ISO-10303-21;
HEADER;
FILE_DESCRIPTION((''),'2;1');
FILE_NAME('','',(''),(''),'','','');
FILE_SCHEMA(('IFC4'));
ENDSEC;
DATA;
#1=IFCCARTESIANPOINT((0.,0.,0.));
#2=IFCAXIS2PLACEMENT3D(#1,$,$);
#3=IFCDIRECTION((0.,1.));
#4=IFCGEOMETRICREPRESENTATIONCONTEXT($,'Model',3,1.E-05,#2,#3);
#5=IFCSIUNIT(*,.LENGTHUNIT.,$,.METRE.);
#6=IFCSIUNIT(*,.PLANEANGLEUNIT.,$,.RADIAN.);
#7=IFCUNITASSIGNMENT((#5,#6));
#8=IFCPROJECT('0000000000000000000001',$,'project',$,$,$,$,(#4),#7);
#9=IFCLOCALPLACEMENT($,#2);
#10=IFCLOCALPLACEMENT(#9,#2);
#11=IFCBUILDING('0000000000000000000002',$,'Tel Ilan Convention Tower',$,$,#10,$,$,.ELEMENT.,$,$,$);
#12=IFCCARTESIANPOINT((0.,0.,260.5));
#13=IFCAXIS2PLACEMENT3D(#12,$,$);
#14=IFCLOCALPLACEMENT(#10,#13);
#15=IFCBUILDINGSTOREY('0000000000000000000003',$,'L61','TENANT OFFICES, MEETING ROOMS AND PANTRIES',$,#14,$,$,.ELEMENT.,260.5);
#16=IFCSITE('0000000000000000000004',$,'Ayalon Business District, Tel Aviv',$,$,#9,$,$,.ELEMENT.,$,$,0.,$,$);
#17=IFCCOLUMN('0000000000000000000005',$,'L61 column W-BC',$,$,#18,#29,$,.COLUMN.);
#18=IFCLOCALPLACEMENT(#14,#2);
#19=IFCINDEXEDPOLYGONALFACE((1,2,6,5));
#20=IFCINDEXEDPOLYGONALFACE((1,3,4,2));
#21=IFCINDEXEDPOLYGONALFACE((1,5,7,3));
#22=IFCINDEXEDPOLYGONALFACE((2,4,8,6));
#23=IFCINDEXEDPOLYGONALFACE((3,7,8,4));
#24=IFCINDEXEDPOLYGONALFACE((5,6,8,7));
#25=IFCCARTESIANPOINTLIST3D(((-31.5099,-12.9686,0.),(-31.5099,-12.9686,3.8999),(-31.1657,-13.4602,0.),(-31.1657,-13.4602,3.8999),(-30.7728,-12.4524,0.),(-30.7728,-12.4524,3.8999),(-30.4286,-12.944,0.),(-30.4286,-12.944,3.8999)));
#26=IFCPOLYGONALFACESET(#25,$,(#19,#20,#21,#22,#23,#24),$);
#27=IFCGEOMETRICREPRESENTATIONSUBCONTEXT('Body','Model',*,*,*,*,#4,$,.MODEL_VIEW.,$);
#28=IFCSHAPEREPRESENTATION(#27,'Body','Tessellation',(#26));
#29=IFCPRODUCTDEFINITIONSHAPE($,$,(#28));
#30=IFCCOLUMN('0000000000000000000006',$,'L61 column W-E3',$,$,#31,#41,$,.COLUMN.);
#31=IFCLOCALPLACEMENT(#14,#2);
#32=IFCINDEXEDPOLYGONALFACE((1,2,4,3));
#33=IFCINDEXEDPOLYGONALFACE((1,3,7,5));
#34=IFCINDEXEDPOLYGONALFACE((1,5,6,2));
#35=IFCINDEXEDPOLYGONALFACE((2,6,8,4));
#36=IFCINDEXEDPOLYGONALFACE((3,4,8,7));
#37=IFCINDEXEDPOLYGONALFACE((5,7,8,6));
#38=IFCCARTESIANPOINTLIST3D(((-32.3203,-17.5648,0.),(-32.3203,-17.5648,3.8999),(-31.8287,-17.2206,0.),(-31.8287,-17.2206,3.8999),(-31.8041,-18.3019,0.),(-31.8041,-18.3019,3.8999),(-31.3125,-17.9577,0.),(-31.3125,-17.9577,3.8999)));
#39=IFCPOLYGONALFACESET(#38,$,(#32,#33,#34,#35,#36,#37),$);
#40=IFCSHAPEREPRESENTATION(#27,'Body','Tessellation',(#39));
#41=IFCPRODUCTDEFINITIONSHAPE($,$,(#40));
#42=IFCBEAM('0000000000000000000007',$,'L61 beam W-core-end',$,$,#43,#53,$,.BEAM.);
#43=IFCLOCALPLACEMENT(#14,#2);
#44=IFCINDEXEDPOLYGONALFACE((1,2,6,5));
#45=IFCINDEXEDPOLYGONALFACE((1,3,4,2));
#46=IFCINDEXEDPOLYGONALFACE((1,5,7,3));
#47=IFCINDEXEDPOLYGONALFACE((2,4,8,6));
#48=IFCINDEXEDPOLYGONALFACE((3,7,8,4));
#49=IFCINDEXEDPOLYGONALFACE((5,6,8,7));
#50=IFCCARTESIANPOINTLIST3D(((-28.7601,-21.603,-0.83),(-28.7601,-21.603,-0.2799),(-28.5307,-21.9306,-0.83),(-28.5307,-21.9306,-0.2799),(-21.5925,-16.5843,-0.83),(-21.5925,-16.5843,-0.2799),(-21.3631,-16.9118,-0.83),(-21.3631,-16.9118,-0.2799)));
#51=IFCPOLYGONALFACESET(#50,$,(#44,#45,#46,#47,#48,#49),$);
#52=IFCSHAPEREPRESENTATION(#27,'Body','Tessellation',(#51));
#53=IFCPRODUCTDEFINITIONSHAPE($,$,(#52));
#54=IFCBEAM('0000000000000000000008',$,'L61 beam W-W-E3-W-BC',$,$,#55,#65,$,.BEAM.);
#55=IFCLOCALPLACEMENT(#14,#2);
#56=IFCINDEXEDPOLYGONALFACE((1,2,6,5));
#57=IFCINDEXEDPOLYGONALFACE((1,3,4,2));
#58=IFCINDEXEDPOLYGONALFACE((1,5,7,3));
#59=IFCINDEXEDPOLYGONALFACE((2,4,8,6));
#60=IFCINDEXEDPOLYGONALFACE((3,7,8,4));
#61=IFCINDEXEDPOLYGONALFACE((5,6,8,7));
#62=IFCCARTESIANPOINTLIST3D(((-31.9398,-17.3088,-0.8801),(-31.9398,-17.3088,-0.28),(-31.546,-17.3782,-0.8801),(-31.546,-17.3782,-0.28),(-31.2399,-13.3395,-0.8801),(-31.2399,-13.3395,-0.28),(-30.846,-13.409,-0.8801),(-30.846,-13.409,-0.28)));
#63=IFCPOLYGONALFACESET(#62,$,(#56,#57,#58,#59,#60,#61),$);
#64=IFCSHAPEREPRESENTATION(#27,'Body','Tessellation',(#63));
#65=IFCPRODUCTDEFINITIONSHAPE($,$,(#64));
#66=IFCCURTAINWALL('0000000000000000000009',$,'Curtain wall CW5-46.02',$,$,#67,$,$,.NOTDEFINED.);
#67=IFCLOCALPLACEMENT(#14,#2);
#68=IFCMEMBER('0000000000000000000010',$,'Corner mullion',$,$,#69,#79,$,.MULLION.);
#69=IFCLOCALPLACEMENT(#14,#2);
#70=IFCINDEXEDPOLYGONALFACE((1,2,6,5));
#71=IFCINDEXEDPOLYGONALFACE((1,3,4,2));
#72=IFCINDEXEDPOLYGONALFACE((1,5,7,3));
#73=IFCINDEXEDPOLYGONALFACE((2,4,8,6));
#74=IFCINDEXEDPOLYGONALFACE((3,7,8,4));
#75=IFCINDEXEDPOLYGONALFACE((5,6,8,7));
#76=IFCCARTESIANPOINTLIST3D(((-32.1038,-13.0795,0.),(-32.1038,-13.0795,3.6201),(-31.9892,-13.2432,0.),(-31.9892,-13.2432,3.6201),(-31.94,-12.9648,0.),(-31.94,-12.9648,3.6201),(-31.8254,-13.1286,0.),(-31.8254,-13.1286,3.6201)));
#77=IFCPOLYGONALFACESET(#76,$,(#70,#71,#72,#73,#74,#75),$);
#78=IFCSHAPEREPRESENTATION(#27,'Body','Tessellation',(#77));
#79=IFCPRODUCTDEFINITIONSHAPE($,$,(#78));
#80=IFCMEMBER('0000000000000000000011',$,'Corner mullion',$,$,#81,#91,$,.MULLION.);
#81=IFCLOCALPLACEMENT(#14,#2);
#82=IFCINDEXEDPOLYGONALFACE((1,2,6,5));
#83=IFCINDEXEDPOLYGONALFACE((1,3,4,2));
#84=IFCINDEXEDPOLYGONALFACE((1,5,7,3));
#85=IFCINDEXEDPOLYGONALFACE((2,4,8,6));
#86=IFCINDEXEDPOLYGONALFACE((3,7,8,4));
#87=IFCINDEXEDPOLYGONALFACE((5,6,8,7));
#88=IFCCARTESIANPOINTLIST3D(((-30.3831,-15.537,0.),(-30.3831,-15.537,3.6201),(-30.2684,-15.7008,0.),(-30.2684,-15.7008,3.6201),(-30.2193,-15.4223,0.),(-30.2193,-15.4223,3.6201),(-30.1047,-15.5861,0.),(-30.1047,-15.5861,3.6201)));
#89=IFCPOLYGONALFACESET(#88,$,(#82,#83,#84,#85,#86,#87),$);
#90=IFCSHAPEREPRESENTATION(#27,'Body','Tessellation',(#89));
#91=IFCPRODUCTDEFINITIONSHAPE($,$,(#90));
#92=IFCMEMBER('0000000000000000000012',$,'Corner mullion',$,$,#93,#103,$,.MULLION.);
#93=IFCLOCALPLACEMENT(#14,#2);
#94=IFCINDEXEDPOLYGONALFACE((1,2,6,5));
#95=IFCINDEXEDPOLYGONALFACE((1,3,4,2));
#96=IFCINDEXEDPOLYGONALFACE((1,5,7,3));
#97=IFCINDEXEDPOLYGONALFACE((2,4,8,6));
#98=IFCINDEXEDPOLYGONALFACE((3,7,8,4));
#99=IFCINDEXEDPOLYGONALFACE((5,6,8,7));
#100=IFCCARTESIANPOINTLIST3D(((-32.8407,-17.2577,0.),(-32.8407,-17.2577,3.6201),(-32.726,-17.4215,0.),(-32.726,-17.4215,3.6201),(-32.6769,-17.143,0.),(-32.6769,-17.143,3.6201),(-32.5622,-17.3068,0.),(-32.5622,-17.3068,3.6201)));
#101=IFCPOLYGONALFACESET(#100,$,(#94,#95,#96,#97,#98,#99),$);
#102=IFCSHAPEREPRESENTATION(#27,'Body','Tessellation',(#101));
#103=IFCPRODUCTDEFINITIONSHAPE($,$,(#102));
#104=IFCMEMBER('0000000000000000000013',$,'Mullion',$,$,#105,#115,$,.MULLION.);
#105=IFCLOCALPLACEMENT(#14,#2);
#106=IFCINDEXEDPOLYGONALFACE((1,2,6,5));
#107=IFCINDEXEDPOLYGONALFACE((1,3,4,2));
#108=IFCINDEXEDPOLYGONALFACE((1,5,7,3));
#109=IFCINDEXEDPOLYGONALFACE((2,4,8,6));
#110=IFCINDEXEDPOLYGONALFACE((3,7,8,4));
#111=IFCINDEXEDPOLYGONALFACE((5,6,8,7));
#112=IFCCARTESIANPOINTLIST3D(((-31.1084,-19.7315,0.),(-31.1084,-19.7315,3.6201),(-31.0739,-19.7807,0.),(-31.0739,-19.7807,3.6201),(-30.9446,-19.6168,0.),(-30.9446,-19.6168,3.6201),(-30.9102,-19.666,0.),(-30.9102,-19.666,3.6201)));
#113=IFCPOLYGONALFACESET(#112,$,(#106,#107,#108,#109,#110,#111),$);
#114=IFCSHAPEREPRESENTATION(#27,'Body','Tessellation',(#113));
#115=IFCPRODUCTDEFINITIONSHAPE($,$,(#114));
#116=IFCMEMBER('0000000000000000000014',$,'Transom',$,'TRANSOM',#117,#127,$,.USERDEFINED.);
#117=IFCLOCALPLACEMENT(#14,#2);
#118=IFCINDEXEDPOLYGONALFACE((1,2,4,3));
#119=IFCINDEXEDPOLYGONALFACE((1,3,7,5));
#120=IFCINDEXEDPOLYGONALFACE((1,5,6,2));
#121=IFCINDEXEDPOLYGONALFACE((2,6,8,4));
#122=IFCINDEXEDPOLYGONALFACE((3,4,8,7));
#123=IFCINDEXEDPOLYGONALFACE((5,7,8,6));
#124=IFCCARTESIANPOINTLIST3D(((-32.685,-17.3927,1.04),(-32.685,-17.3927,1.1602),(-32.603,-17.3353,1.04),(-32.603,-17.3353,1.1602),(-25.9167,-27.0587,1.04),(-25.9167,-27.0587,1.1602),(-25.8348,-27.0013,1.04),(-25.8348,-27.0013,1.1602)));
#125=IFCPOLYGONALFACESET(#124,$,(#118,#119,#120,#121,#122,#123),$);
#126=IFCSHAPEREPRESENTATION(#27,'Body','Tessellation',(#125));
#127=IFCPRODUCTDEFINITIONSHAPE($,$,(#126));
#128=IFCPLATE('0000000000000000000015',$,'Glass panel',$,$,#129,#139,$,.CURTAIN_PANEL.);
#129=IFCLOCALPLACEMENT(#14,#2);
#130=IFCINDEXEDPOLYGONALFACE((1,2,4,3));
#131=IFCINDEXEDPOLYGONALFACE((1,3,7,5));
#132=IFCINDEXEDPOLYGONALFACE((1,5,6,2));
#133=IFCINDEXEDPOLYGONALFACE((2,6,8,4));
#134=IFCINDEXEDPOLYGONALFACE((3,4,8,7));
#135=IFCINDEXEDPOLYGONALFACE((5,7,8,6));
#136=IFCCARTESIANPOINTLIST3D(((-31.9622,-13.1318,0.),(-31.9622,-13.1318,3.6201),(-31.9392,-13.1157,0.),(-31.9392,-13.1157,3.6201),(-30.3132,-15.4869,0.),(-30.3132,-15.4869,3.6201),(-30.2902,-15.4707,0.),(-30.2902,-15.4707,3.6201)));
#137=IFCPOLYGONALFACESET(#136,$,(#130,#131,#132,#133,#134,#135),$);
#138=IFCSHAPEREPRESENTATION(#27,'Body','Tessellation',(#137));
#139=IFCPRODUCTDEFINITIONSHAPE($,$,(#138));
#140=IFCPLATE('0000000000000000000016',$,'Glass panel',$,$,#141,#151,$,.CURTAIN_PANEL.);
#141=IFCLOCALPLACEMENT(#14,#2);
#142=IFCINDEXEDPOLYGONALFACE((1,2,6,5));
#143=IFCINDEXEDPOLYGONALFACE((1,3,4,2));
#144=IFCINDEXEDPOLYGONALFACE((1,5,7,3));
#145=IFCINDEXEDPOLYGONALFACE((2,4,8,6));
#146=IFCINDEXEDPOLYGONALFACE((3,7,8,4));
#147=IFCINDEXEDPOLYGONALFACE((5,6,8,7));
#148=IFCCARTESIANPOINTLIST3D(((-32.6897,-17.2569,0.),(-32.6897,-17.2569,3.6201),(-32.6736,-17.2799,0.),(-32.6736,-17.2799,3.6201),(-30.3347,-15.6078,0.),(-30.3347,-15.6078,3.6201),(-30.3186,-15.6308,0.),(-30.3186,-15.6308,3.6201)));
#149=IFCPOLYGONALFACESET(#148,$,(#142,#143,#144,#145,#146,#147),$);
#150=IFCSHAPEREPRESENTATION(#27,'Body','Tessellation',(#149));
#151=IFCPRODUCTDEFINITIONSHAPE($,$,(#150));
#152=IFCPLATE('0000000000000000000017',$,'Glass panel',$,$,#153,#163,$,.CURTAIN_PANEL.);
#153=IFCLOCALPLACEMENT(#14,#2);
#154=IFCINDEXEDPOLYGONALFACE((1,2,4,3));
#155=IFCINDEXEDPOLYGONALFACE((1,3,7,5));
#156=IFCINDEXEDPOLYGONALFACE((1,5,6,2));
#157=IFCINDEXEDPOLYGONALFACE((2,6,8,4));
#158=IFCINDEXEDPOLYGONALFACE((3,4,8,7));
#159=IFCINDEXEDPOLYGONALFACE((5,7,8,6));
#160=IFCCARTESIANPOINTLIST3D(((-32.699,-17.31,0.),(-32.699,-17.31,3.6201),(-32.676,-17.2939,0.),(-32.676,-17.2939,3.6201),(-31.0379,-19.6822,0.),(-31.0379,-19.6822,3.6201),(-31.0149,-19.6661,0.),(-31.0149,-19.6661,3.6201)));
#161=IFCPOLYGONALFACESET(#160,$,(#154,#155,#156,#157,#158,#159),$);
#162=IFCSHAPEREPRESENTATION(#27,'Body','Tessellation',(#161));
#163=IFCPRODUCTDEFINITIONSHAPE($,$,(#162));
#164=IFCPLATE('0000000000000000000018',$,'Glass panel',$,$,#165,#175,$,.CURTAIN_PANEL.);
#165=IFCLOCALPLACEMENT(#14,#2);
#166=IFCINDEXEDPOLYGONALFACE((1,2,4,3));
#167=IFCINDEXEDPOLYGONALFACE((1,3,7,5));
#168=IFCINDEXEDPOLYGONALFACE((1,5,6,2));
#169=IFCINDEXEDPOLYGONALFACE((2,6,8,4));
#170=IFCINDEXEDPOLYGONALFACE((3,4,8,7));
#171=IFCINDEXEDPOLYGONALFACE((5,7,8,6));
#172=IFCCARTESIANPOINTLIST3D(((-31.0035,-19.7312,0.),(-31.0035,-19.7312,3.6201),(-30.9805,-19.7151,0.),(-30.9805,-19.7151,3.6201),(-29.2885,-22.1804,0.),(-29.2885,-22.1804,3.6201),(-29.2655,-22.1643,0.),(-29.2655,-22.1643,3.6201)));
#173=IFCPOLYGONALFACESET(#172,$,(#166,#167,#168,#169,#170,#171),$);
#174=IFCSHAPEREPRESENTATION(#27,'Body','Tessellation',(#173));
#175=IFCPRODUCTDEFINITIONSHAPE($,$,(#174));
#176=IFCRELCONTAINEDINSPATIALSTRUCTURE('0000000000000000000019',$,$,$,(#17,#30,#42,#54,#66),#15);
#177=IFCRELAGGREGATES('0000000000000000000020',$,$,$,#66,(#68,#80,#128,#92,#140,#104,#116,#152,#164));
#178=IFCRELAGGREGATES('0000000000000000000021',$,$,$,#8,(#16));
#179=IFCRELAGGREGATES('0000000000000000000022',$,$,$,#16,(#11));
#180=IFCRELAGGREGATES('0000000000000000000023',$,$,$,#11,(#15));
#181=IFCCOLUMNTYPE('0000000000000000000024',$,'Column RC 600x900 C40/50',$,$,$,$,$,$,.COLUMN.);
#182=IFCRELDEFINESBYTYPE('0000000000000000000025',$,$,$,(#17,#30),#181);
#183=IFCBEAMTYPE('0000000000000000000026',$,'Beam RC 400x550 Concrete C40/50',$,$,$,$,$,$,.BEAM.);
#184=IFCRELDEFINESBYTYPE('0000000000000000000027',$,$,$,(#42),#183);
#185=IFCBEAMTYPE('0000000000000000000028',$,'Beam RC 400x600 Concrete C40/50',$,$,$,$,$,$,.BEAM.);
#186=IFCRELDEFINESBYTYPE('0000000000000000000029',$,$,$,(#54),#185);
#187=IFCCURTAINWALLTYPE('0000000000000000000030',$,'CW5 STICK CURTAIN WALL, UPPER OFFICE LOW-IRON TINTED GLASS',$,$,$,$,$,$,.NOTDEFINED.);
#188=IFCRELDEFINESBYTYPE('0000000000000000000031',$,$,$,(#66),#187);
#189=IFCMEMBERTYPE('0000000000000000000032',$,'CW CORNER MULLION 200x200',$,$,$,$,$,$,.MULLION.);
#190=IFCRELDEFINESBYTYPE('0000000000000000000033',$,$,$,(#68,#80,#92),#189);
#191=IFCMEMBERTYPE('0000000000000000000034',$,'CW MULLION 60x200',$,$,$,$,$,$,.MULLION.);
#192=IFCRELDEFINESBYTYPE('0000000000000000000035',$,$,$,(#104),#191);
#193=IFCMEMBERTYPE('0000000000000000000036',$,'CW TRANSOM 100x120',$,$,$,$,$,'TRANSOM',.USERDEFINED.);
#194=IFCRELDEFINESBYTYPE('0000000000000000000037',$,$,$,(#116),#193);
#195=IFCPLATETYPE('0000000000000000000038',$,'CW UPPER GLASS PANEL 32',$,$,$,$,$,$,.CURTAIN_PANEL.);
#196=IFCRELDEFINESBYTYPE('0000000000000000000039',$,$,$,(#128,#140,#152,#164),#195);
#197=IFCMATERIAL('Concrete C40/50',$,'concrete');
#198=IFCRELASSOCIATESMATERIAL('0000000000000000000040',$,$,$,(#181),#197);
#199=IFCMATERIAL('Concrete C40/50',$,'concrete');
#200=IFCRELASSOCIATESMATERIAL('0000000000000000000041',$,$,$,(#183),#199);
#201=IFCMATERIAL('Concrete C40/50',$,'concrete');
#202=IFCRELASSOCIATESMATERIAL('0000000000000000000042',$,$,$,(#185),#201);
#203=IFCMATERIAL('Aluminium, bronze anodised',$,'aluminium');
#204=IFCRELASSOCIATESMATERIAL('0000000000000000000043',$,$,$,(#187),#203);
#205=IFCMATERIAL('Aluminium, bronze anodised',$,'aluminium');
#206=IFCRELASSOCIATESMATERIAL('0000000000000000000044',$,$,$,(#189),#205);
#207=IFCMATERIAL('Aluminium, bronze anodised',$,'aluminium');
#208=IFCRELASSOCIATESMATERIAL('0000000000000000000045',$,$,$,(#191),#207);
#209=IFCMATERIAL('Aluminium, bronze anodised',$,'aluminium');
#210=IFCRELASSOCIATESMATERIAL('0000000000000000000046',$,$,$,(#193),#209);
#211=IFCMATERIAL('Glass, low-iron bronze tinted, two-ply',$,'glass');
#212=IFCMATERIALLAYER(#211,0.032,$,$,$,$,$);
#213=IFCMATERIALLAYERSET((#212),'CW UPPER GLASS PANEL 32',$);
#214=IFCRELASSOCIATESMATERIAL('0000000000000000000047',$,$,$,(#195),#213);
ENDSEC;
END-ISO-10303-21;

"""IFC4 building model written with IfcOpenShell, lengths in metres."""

from ifc_helpers import new_model, si_unit, direction, frame, origin, origin_2d, place, context, subcontext, project, spatial, rectangle, extrude, material, layer, layer_set, material_profile, profile_set, type_object, element, aggregate, save


model = new_model("IFC4")

# Units and contexts
model_context = context("Model", 3, precision=1e-05, world=origin(), true_north=direction((0.0, 1.0)))
body_context = subcontext(model_context, "Body", "Model", "MODEL_VIEW")
ifc_project = project(units=[si_unit("LENGTHUNIT", "METRE"), si_unit("PLANEANGLEUNIT", "RADIAN")], contexts=[model_context])

# Site, building, storey
site_placement = place(None, origin())
site = spatial("IfcSite", under=ifc_project, at=site_placement, Name="Ayalon Business District, Tel Aviv", CompositionType="ELEMENT", RefElevation=0.0)
building_placement = place(site_placement, origin())
building = spatial("IfcBuilding", under=site, at=building_placement, Name="Tel Ilan Convention Tower", CompositionType="ELEMENT")
storey_placement = place(building_placement, frame((0.0, 0.0, 260.5)))
storey = spatial("IfcBuildingStorey", under=building, at=storey_placement, Name="L61", Description="TENANT OFFICES, MEETING ROOMS AND PANTRIES", CompositionType="ELEMENT", Elevation=260.5)

# Columns
ifc_material_1 = material(Name="Concrete C40/50", Category="concrete")
ifc_material_profile_1 = material_profile(ifc_material_1, rectangle(XDim=0.8999, YDim=0.6001, at=origin_2d()), Name="RC 600x900")
ifc_profile_set_1 = profile_set([ifc_material_profile_1], Name="Concrete C40/50")
column_type = type_object("IfcColumnType", Name="Column RC 600x900 C40/50", PredefinedType="COLUMN", material=ifc_profile_set_1)
for number, where, z_axis, x_axis, name in (
    (1, (-30.9692, -12.9563, 0.0), (0.0, 0.0, 1.0), (-0.819152, -0.573576, 0.0), "L61 column W-BC"),
    (2, (-31.8164, -17.7612, 0.0), (0.0, 0.0, 1.0), (-0.573576, 0.819152, 0.0), "L61 column W-E3"),
):
    element("IfcColumn", number, at=place(storey_placement, frame(where, z_axis=z_axis, x_axis=x_axis)), inside=storey, type_object=column_type, Name=name, PredefinedType="COLUMN", context=body_context, shape_type="SweptSolid", body=[
        extrude(rectangle(XDim=0.8999, YDim=0.6001, at=origin_2d()), origin(), (0.0, 0.0, 1.0), 3.8999),
    ])

# Beams
ifc_material_2 = material(Name="Concrete C40/50", Category="concrete")
ifc_material_profile_2 = material_profile(ifc_material_2, rectangle(XDim=0.3999, YDim=0.55, at=origin_2d()), Name="RC 400x550")
ifc_profile_set_2 = profile_set([ifc_material_profile_2], Name="Concrete C40/50")
beam_type_1 = type_object("IfcBeamType", Name="Beam RC 400x550 Concrete C40/50", PredefinedType="BEAM", material=ifc_profile_set_2)
beam_1_placement = place(storey_placement, frame((-21.4778, -16.748, -0.5549), z_axis=(-0.819157, -0.573569, 0.0), x_axis=(0.573569, -0.819157, 0.0)))
element("IfcBeam", 3, at=beam_1_placement, inside=storey, type_object=beam_type_1, Name="L61 beam W-core-end", PredefinedType="BEAM", context=body_context, shape_type="SweptSolid", body=[
    extrude(rectangle(XDim=0.3999, YDim=0.55, at=origin_2d()), origin(), (0.0, 0.0, 1.0), 8.75),
])
ifc_material_3 = material(Name="Concrete C40/50", Category="concrete")
ifc_material_profile_3 = material_profile(ifc_material_3, rectangle(XDim=0.3999, YDim=0.6001, at=origin_2d()), Name="RC 400x600")
ifc_profile_set_3 = profile_set([ifc_material_profile_3], Name="Concrete C40/50")
beam_type_2 = type_object("IfcBeamType", Name="Beam RC 400x600 Concrete C40/50", PredefinedType="BEAM", material=ifc_profile_set_3)
beam_2_placement = place(storey_placement, frame((-31.7429, -17.3435, -0.5801), z_axis=(0.173664, 0.984805, 0.0), x_axis=(-0.984805, 0.173664, 0.0)))
element("IfcBeam", 4, at=beam_2_placement, inside=storey, type_object=beam_type_2, Name="L61 beam W-W-E3-W-BC", PredefinedType="BEAM", context=body_context, shape_type="SweptSolid", body=[
    extrude(rectangle(XDim=0.3999, YDim=0.6001, at=origin_2d()), origin(), (0.0, 0.0, 1.0), 4.0305),
])

# Curtain wall, members, plates
ifc_material_4 = material(Name="Aluminium, bronze anodised", Category="aluminium")
curtain_wall_type = type_object("IfcCurtainWallType", Name="CW5 STICK CURTAIN WALL, UPPER OFFICE LOW-IRON TINTED GLASS", PredefinedType="NOTDEFINED", material=ifc_material_4)
curtain_wall_placement = place(storey_placement, origin())
curtain_wall = element("IfcCurtainWall", 5, at=curtain_wall_placement, inside=storey, type_object=curtain_wall_type, Name="Curtain wall CW5-46.02", PredefinedType="NOTDEFINED")
ifc_material_5 = material(Name="Aluminium, bronze anodised", Category="aluminium")
ifc_material_profile_4 = material_profile(ifc_material_5, rectangle(XDim=0.2, YDim=0.2, at=origin_2d()), Name="CW CORNER MULLION 200x200")
ifc_profile_set_4 = profile_set([ifc_material_profile_4], Name="Aluminium, bronze anodised")
member_type_1 = type_object("IfcMemberType", Name="CW CORNER MULLION 200x200", PredefinedType="MULLION", material=ifc_profile_set_4)
member_1_placement = place(storey_placement, frame((-31.9646, -13.104, 0.0), z_axis=(0.0, 0.0, 1.0), x_axis=(-0.819152, -0.573576, 0.0)))
member_1 = element("IfcMember", 6, at=member_1_placement, type_object=member_type_1, Name="Corner mullion", PredefinedType="MULLION", context=body_context, shape_type="SweptSolid", body=[
    extrude(rectangle(XDim=0.2, YDim=0.2, at=origin_2d()), origin(), (0.0, 0.0, 1.0), 3.6201),
])
member_2_placement = place(storey_placement, frame((-30.2439, -15.5615, 0.0), z_axis=(0.0, 0.0, 1.0), x_axis=(0.573576, -0.819152, 0.0)))
member_2 = element("IfcMember", 7, at=member_2_placement, type_object=member_type_1, Name="Corner mullion", PredefinedType="MULLION", context=body_context, shape_type="SweptSolid", body=[
    extrude(rectangle(XDim=0.2, YDim=0.2, at=origin_2d()), origin(), (0.0, 0.0, 1.0), 3.6201),
])
member_3_placement = place(storey_placement, frame((-32.7014, -17.2822, 0.0), z_axis=(0.0, 0.0, 1.0), x_axis=(-0.819152, -0.573576, 0.0)))
member_3 = element("IfcMember", 8, at=member_3_placement, type_object=member_type_1, Name="Corner mullion", PredefinedType="MULLION", context=body_context, shape_type="SweptSolid", body=[
    extrude(rectangle(XDim=0.2, YDim=0.2, at=origin_2d()), origin(), (0.0, 0.0, 1.0), 3.6201),
])
ifc_material_6 = material(Name="Aluminium, bronze anodised", Category="aluminium")
ifc_material_profile_5 = material_profile(ifc_material_6, rectangle(XDim=0.0601, YDim=0.2, at=origin_2d()), Name="CW MULLION 60x200")
ifc_profile_set_5 = profile_set([ifc_material_profile_5], Name="Aluminium, bronze anodised")
member_type_2 = type_object("IfcMemberType", Name="CW MULLION 60x200", PredefinedType="MULLION", material=ifc_profile_set_5)
member_4_placement = place(storey_placement, frame((-31.0093, -19.6987, 0.0), z_axis=(0.0, 0.0, 1.0), x_axis=(0.573576, -0.819152, 0.0)))
member_4 = element("IfcMember", 9, at=member_4_placement, type_object=member_type_2, Name="Mullion", PredefinedType="MULLION", context=body_context, shape_type="SweptSolid", body=[
    extrude(rectangle(XDim=0.0601, YDim=0.2, at=origin_2d()), origin(), (0.0, 0.0, 1.0), 3.6201),
])
ifc_material_7 = material(Name="Aluminium, bronze anodised", Category="aluminium")
ifc_material_profile_6 = material_profile(ifc_material_7, rectangle(XDim=0.1001, YDim=0.1201, at=origin_2d()), Name="CW TRANSOM 100x120")
ifc_profile_set_6 = profile_set([ifc_material_profile_6], Name="Aluminium, bronze anodised")
member_type_3 = type_object("IfcMemberType", Name="CW TRANSOM 100x120", ElementType="TRANSOM", PredefinedType="USERDEFINED", material=ifc_profile_set_6)
member_5_placement = place(storey_placement, frame((-32.644, -17.364, 1.1001), z_axis=(0.573582, -0.819148, 0.0), x_axis=(0.819148, 0.573582, 0.0)))
member_5 = element("IfcMember", 10, at=member_5_placement, type_object=member_type_3, Name="Transom", ObjectType="TRANSOM", PredefinedType="USERDEFINED", context=body_context, shape_type="SweptSolid", body=[
    extrude(rectangle(XDim=0.1001, YDim=0.1201, at=origin_2d()), origin(), (0.0, 0.0, 1.0), 11.8),
])
ifc_material_8 = material(Name="Glass, low-iron bronze tinted, two-ply", Category="glass")
ifc_layer_1 = layer(ifc_material_8, 0.032)
ifc_layer_set_1 = layer_set([ifc_layer_1], Name="CW UPPER GLASS PANEL 32")
plate_type = type_object("IfcPlateType", Name="CW UPPER GLASS PANEL 32", PredefinedType="CURTAIN_PANEL", material=ifc_layer_set_1)
plate_1_placement = place(storey_placement, frame((-31.1262, -14.3013, 0.0), z_axis=(0.0, 0.0, 1.0), x_axis=(0.573576, -0.819152, 0.0)))
plate_1 = element("IfcPlate", 11, at=plate_1_placement, type_object=plate_type, Name="Glass panel", PredefinedType="CURTAIN_PANEL", context=body_context, shape_type="SweptSolid", body=[
    extrude(rectangle(XDim=2.875, YDim=0.0281, at=origin_2d()), origin(), (0.0, 0.0, 1.0), 3.6201),
])
plate_2_placement = place(storey_placement, frame((-31.5042, -16.4438, 0.0), z_axis=(0.0, 0.0, 1.0), x_axis=(-0.819152, -0.573576, 0.0)))
plate_2 = element("IfcPlate", 12, at=plate_2_placement, type_object=plate_type, Name="Glass panel", PredefinedType="CURTAIN_PANEL", context=body_context, shape_type="SweptSolid", body=[
    extrude(rectangle(XDim=2.875, YDim=0.0281, at=origin_2d()), origin(), (0.0, 0.0, 1.0), 3.6201),
])
plate_3_placement = place(storey_placement, frame((-31.8569, -18.488, 0.0), z_axis=(0.0, 0.0, 1.0), x_axis=(0.573576, -0.819152, 0.0)))
plate_3 = element("IfcPlate", 13, at=plate_3_placement, type_object=plate_type, Name="Glass panel", PredefinedType="CURTAIN_PANEL", context=body_context, shape_type="SweptSolid", body=[
    extrude(rectangle(XDim=2.896, YDim=0.0281, at=origin_2d()), origin(), (0.0, 0.0, 1.0), 3.6201),
])
plate_4_placement = place(storey_placement, frame((-30.1345, -20.9478, 0.0), z_axis=(0.0, 0.0, 1.0), x_axis=(0.573576, -0.819152, 0.0)))
plate_4 = element("IfcPlate", 14, at=plate_4_placement, type_object=plate_type, Name="Glass panel", PredefinedType="CURTAIN_PANEL", context=body_context, shape_type="SweptSolid", body=[
    extrude(rectangle(XDim=2.99, YDim=0.0281, at=origin_2d()), origin(), (0.0, 0.0, 1.0), 3.6201),
])
aggregate(curtain_wall, [member_1, member_2, plate_1, member_3, plate_2, member_4, member_5, plate_3, plate_4])

save(model, "model.ifc")
